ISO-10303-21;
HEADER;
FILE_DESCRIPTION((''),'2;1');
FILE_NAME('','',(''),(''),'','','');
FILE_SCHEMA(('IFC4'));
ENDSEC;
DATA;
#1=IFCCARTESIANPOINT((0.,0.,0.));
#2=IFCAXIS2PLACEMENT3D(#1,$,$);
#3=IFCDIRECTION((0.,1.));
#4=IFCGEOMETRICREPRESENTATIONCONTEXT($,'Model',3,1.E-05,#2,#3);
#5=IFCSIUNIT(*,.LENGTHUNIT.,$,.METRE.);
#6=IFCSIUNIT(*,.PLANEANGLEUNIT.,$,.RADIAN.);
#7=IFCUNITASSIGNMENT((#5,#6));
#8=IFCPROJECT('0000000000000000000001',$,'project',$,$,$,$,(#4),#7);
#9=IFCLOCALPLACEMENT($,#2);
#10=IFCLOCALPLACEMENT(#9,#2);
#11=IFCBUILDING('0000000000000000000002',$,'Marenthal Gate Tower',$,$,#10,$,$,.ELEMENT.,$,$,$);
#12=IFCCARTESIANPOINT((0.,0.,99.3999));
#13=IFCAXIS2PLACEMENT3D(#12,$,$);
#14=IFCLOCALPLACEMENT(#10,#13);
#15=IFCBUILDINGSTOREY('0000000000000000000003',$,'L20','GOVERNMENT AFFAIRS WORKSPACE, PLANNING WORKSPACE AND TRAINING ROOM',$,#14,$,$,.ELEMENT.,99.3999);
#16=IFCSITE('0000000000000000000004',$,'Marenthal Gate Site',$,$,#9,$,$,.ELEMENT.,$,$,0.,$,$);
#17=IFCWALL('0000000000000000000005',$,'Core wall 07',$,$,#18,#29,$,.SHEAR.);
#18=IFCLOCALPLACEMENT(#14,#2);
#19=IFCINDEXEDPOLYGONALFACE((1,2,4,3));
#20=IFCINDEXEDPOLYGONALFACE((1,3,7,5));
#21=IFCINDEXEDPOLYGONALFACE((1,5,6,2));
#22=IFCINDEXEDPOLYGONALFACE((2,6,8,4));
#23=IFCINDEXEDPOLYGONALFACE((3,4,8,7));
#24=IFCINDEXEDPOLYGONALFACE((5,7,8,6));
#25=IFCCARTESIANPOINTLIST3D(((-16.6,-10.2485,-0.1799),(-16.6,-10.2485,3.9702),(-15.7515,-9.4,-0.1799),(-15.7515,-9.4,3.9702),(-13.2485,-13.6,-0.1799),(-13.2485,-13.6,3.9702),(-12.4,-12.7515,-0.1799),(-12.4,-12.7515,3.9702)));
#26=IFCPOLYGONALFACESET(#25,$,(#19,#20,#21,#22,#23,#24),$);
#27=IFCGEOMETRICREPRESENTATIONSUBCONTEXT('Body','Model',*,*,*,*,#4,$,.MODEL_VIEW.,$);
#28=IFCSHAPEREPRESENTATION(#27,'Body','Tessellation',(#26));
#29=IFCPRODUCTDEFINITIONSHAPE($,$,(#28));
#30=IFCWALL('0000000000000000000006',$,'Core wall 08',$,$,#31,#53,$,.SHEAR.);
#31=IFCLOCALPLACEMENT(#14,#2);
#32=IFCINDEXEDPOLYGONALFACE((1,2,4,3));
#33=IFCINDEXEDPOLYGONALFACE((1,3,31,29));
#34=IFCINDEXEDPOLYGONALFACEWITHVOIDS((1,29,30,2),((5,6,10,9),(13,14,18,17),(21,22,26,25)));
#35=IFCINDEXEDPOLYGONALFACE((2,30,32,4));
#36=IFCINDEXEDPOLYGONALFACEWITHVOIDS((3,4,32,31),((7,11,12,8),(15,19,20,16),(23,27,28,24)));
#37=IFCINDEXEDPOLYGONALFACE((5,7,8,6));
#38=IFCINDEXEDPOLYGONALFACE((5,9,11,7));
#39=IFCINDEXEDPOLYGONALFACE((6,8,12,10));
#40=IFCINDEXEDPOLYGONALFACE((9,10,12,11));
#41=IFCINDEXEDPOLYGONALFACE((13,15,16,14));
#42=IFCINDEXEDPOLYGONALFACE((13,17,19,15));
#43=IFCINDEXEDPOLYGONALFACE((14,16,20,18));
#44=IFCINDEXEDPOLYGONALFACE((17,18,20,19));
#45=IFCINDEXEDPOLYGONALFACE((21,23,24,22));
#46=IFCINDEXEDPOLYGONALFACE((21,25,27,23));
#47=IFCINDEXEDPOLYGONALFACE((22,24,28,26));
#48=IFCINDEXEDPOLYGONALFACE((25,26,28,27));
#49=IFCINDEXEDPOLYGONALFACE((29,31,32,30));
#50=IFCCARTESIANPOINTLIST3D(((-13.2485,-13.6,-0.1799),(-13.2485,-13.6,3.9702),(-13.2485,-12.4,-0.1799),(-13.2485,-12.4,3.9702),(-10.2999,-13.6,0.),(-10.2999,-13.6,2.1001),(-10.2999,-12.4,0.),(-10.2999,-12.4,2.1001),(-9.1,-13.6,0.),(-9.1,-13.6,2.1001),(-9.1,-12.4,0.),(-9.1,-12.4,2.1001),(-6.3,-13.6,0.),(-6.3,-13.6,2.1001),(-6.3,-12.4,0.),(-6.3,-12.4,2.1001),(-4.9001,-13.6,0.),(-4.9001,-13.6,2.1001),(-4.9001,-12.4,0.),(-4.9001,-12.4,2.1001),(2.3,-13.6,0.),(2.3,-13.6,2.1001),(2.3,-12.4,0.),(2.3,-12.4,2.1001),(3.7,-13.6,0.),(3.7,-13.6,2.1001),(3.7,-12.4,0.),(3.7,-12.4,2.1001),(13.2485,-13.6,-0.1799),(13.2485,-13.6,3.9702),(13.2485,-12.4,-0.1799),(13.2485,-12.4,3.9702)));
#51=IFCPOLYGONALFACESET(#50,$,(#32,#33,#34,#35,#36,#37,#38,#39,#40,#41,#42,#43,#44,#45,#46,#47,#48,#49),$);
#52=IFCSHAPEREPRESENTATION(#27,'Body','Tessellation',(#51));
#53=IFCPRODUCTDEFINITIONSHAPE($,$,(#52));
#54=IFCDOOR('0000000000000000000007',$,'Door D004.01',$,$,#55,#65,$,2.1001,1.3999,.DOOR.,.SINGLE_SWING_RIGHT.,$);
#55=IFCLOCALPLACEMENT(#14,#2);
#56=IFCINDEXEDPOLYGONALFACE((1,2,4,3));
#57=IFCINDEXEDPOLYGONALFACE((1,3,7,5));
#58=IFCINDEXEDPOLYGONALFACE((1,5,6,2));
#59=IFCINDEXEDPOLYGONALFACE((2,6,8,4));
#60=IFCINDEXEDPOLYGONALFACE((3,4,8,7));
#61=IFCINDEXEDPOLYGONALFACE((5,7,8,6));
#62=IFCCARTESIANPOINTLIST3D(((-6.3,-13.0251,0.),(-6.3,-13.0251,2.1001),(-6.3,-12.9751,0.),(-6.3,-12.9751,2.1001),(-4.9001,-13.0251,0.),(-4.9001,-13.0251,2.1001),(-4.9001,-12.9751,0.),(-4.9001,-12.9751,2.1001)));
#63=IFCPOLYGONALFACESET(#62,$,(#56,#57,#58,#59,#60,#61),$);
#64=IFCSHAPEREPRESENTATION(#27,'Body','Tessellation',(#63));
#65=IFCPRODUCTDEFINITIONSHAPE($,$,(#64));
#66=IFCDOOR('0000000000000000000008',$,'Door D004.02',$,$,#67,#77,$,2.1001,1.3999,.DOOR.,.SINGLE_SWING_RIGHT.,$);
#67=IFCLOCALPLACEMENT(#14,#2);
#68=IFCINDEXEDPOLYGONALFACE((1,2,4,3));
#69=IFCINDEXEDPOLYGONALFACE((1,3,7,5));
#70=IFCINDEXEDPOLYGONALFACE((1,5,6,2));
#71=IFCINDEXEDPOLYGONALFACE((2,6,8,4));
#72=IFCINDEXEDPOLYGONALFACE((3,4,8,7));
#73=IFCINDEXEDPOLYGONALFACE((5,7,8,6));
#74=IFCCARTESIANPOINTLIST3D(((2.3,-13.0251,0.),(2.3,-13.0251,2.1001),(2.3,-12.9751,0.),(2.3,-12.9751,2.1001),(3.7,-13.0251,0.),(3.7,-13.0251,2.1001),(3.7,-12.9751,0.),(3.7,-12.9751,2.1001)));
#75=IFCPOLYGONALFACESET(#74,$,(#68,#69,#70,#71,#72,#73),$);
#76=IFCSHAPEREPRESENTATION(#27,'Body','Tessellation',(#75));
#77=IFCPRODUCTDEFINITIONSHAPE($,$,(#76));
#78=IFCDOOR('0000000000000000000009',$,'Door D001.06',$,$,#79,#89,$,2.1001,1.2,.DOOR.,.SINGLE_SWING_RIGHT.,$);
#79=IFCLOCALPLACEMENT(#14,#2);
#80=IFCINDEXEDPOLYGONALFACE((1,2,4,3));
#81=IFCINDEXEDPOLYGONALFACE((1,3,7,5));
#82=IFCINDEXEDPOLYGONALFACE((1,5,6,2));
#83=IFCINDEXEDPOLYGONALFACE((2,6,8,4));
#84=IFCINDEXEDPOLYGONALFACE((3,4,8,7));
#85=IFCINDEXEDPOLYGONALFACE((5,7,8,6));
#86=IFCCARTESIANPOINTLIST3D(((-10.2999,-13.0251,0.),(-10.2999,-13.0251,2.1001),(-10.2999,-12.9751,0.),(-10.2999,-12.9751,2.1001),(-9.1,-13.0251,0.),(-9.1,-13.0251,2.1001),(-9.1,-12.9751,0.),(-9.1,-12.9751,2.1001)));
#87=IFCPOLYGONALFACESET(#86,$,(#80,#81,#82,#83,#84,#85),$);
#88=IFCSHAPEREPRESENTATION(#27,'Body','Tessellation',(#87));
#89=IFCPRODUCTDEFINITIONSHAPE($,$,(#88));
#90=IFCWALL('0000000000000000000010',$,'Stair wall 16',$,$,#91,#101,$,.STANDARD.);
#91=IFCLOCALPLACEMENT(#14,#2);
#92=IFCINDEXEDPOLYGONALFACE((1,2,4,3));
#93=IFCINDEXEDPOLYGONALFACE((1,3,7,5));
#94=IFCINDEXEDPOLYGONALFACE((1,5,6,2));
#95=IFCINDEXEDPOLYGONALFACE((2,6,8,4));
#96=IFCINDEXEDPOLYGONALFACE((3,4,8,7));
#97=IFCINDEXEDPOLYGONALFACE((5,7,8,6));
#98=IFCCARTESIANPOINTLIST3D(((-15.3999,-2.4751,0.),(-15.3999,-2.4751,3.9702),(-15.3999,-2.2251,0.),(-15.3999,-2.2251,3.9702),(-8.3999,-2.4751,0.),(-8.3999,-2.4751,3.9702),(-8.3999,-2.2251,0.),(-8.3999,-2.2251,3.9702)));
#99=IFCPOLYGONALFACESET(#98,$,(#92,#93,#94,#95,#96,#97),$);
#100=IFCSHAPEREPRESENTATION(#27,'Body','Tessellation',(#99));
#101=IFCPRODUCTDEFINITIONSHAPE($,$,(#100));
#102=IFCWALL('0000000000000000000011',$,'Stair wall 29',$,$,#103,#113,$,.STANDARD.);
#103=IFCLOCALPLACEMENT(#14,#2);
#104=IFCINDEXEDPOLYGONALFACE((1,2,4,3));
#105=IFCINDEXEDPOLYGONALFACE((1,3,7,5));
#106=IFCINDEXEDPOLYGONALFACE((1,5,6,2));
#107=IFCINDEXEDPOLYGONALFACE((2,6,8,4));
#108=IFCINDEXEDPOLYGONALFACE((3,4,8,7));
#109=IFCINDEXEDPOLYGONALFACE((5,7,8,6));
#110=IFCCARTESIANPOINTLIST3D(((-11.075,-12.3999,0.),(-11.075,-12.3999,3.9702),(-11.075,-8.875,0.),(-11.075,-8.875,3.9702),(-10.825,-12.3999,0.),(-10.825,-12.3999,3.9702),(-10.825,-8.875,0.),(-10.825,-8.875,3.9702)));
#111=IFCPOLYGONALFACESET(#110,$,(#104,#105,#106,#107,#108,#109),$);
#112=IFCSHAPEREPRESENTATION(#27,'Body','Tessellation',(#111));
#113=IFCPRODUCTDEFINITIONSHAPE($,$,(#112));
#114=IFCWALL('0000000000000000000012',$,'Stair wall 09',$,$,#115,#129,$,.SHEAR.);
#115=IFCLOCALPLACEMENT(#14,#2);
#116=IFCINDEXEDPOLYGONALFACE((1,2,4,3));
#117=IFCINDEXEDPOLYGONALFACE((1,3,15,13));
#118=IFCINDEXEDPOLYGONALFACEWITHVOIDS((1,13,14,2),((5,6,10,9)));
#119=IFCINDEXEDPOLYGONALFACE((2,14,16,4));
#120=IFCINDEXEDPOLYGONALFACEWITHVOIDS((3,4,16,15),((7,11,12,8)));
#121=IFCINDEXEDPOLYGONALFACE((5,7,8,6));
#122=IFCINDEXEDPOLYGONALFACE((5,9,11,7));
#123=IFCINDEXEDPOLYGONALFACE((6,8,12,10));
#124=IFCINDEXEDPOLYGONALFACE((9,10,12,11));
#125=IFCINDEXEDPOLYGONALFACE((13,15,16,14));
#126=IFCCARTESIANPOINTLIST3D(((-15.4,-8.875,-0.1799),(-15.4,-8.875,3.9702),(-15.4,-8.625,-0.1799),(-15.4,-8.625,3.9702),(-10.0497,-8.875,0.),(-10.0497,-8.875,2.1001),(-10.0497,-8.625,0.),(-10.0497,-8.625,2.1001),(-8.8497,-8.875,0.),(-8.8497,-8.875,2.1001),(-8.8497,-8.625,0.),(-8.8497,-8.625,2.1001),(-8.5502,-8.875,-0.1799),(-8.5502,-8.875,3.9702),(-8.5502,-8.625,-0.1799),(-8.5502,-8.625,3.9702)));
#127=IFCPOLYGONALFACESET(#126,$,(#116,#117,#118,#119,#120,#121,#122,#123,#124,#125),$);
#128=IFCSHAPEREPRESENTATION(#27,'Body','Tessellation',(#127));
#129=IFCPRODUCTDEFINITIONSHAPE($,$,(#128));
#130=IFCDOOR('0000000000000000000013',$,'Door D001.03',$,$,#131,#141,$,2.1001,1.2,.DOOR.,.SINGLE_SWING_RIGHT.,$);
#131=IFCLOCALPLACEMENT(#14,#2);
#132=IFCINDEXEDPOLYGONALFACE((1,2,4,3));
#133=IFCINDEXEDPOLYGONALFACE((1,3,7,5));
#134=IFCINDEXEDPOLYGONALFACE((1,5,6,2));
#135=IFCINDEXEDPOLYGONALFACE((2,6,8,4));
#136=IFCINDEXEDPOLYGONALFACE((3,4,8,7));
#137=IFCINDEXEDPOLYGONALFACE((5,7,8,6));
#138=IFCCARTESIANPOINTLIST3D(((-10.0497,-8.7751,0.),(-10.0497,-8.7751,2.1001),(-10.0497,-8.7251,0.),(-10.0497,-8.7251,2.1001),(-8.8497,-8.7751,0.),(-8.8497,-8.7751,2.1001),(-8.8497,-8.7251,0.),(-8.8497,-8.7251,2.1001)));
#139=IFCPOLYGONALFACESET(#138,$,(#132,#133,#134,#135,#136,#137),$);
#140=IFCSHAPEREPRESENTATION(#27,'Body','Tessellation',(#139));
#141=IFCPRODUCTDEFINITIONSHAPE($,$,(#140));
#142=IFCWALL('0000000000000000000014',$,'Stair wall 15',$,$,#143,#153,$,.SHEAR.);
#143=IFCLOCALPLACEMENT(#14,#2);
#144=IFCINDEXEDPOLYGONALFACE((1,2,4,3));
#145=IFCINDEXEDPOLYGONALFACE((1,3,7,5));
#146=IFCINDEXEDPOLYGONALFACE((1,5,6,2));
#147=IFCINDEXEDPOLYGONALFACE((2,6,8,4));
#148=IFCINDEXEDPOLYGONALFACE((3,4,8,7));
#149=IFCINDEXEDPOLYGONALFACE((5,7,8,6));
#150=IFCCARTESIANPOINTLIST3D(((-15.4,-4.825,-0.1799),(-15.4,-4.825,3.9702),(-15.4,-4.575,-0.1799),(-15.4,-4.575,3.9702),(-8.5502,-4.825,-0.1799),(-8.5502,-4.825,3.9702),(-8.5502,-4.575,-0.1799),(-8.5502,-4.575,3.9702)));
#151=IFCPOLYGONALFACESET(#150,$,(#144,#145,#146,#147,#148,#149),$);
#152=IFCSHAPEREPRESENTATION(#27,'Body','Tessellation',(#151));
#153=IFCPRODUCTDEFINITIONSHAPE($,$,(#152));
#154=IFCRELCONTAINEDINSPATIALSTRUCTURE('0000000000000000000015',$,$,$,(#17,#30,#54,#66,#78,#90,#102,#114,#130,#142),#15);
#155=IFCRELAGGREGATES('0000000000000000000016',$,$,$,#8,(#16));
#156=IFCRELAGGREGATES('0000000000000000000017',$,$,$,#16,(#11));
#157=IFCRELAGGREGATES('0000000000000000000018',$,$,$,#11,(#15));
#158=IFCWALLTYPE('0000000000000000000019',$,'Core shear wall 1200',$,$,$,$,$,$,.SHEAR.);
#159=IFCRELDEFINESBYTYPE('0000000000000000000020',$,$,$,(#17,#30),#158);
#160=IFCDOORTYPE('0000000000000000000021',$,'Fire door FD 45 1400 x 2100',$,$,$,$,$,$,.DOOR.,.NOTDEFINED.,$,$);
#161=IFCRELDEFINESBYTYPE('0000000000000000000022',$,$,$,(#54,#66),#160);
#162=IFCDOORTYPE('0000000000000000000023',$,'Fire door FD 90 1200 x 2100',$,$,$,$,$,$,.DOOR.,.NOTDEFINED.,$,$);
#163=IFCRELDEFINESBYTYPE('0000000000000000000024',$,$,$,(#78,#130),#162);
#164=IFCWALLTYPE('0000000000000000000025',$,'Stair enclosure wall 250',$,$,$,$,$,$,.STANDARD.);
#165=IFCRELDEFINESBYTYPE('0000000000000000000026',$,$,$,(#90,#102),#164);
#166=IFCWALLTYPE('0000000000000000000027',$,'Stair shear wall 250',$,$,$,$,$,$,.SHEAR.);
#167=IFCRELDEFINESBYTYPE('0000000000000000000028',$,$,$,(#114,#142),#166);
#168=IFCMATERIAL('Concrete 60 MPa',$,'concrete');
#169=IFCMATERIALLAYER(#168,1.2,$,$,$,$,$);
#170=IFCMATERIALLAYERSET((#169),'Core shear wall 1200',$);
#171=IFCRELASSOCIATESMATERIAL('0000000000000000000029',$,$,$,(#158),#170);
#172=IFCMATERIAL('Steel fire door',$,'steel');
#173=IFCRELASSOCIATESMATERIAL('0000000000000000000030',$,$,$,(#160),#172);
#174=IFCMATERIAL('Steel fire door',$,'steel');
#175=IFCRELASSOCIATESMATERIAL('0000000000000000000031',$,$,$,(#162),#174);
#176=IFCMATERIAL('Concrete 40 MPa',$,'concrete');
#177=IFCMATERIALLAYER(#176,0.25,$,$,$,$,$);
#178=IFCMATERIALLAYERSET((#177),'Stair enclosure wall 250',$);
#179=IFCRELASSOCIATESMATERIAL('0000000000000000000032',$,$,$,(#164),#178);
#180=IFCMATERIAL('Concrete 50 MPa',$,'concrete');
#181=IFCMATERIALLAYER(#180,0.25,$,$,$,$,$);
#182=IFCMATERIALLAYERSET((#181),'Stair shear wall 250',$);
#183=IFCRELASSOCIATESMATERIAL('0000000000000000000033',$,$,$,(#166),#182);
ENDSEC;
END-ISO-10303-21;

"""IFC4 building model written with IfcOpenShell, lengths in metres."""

from ifc_helpers import new_model, si_unit, direction, frame, frame_2d, origin, place, context, subcontext, project, spatial, rectangle, extrude, material, layer, layer_set, type_object, element, fill, save


model = new_model("IFC4")

# Units and contexts
model_context = context("Model", 3, precision=1e-05, world=origin(), true_north=direction((0.0, 1.0)))
body_context = subcontext(model_context, "Body", "Model", "MODEL_VIEW")
ifc_project = project(units=[si_unit("LENGTHUNIT", "METRE"), si_unit("PLANEANGLEUNIT", "RADIAN")], contexts=[model_context])

# Site, building, storey
site_placement = place(None, origin())
site = spatial("IfcSite", under=ifc_project, at=site_placement, Name="Marenthal Gate Site", CompositionType="ELEMENT", RefElevation=0.0)
building_placement = place(site_placement, origin())
building = spatial("IfcBuilding", under=site, at=building_placement, Name="Marenthal Gate Tower", CompositionType="ELEMENT")
storey_placement = place(building_placement, frame((0.0, 0.0, 99.3999)))
storey = spatial("IfcBuildingStorey", under=building, at=storey_placement, Name="L20", Description="GOVERNMENT AFFAIRS WORKSPACE, PLANNING WORKSPACE AND TRAINING ROOM", CompositionType="ELEMENT", Elevation=99.3999)

# Wall
ifc_material_1 = material(Name="Concrete 60 MPa", Category="concrete")
ifc_layer_1 = layer(ifc_material_1, 1.2)
ifc_layer_set_1 = layer_set([ifc_layer_1], Name="Core shear wall 1200")
wall_type_1 = type_object("IfcWallType", Name="Core shear wall 1200", PredefinedType="SHEAR", material=ifc_layer_set_1)
wall_1_placement = place(storey_placement, frame((-16.1758, -9.8242, -0.1799), z_axis=(0.0, 0.0, 1.0), x_axis=(0.707107, -0.707107, 0.0)))
element("IfcWall", 1, at=wall_1_placement, inside=storey, type_object=wall_type_1, Name="Core wall 07", PredefinedType="SHEAR", context=body_context, shape_type="SweptSolid", body=[
    extrude(rectangle(XDim=4.7397, YDim=1.2, at=frame_2d((2.3699, 0.0))), origin(), (0.0, 0.0, 1.0), 4.1501),
])

# Wall, openings, doors
wall_2_placement = place(storey_placement, frame((-13.2485, -13.0, -0.1799), z_axis=(0.0, 0.0, 1.0), x_axis=(1.0, 0.0, 0.0)))
wall_2 = element("IfcWall", 2, at=wall_2_placement, inside=storey, type_object=wall_type_1, Name="Core wall 08", PredefinedType="SHEAR", context=body_context, shape_type="SweptSolid", body=[
    extrude(rectangle(XDim=26.4971, YDim=1.2, at=frame_2d((13.2485, 0.0))), origin(), (0.0, 0.0, 1.0), 4.1501),
])
opening_1_placement = place(wall_2_placement, frame((2.9485, 0.0, 0.1799)))
opening_1 = element("IfcOpeningElement", 3, at=opening_1_placement, cuts=wall_2, PredefinedType="OPENING", context=body_context, shape_type="SweptSolid", body=[
    extrude(rectangle(XDim=1.2, YDim=2.1001, at=frame_2d((0.6001, 1.05))), frame((0.0, 0.6099, 0.0), z_axis=(0.0, -1.0, 0.0), x_axis=(1.0, 0.0, 0.0)), (0.0, 0.0, 1.0), 1.22),
])
opening_2_placement = place(wall_2_placement, frame((6.9485, 0.0, 0.1799)))
opening_2 = element("IfcOpeningElement", 4, at=opening_2_placement, cuts=wall_2, PredefinedType="OPENING", context=body_context, shape_type="SweptSolid", body=[
    extrude(rectangle(XDim=1.3999, YDim=2.1001, at=frame_2d((0.7, 1.05))), frame((0.0, 0.6099, 0.0), z_axis=(0.0, -1.0, 0.0), x_axis=(1.0, 0.0, 0.0)), (0.0, 0.0, 1.0), 1.22),
])
opening_3_placement = place(wall_2_placement, frame((15.5486, 0.0, 0.1799)))
opening_3 = element("IfcOpeningElement", 5, at=opening_3_placement, cuts=wall_2, PredefinedType="OPENING", context=body_context, shape_type="SweptSolid", body=[
    extrude(rectangle(XDim=1.3999, YDim=2.1001, at=frame_2d((0.7, 1.05))), frame((0.0, 0.6099, 0.0), z_axis=(0.0, -1.0, 0.0), x_axis=(1.0, 0.0, 0.0)), (0.0, 0.0, 1.0), 1.22),
])
ifc_material_2 = material(Name="Steel fire door", Category="steel")
door_type_1 = type_object("IfcDoorType", Name="Fire door FD 45 1400 x 2100", OperationType="NOTDEFINED", PredefinedType="DOOR", material=ifc_material_2)
door_1_placement = place(opening_2_placement, origin())
door_1 = element("IfcDoor", 6, at=door_1_placement, inside=storey, type_object=door_type_1, Name="Door D004.01", OperationType="SINGLE_SWING_RIGHT", OverallHeight=2.1001, OverallWidth=1.3999, PredefinedType="DOOR", context=body_context, shape_type="SweptSolid", body=[
    extrude(rectangle(XDim=1.3999, YDim=2.1001, at=frame_2d((0.7, 1.05))), frame((0.0, 0.0249, 0.0), z_axis=(0.0, -1.0, 0.0), x_axis=(1.0, 0.0, 0.0)), (0.0, 0.0, 1.0), 0.05),
])
fill(opening_2, door_1)
door_2_placement = place(opening_3_placement, origin())
door_2 = element("IfcDoor", 7, at=door_2_placement, inside=storey, type_object=door_type_1, Name="Door D004.02", OperationType="SINGLE_SWING_RIGHT", OverallHeight=2.1001, OverallWidth=1.3999, PredefinedType="DOOR", context=body_context, shape_type="SweptSolid", body=[
    extrude(rectangle(XDim=1.3999, YDim=2.1001, at=frame_2d((0.7, 1.05))), frame((0.0, 0.0249, 0.0), z_axis=(0.0, -1.0, 0.0), x_axis=(1.0, 0.0, 0.0)), (0.0, 0.0, 1.0), 0.05),
])
fill(opening_3, door_2)
ifc_material_3 = material(Name="Steel fire door", Category="steel")
door_type_2 = type_object("IfcDoorType", Name="Fire door FD 90 1200 x 2100", OperationType="NOTDEFINED", PredefinedType="DOOR", material=ifc_material_3)
door_3_placement = place(opening_1_placement, origin())
door_3 = element("IfcDoor", 8, at=door_3_placement, inside=storey, type_object=door_type_2, Name="Door D001.06", OperationType="SINGLE_SWING_RIGHT", OverallHeight=2.1001, OverallWidth=1.2, PredefinedType="DOOR", context=body_context, shape_type="SweptSolid", body=[
    extrude(rectangle(XDim=1.2, YDim=2.1001, at=frame_2d((0.6001, 1.05))), frame((0.0, 0.0249, 0.0), z_axis=(0.0, -1.0, 0.0), x_axis=(1.0, 0.0, 0.0)), (0.0, 0.0, 1.0), 0.05),
])
fill(opening_1, door_3)

# Walls
ifc_material_4 = material(Name="Concrete 40 MPa", Category="concrete")
ifc_layer_2 = layer(ifc_material_4, 0.25)
ifc_layer_set_2 = layer_set([ifc_layer_2], Name="Stair enclosure wall 250")
wall_type_2 = type_object("IfcWallType", Name="Stair enclosure wall 250", PredefinedType="STANDARD", material=ifc_layer_set_2)
wall_3_placement = place(storey_placement, frame((-15.3999, -2.3501, 0.0), z_axis=(0.0, 0.0, 1.0), x_axis=(1.0, 0.0, 0.0)))
element("IfcWall", 9, at=wall_3_placement, inside=storey, type_object=wall_type_2, Name="Stair wall 16", PredefinedType="STANDARD", context=body_context, shape_type="SweptSolid", body=[
    extrude(rectangle(XDim=7.0, YDim=0.25, at=frame_2d((3.5, 0.0))), origin(), (0.0, 0.0, 1.0), 3.9702),
])
wall_4_placement = place(storey_placement, frame((-10.95, -12.3999, 0.0), z_axis=(0.0, 0.0, 1.0), x_axis=(0.0, 1.0, 0.0)))
element("IfcWall", 10, at=wall_4_placement, inside=storey, type_object=wall_type_2, Name="Stair wall 29", PredefinedType="STANDARD", context=body_context, shape_type="SweptSolid", body=[
    extrude(rectangle(XDim=3.5249, YDim=0.25, at=frame_2d((1.7625, 0.0))), origin(), (0.0, 0.0, 1.0), 3.9702),
])

# Wall, opening, door
ifc_material_5 = material(Name="Concrete 50 MPa", Category="concrete")
ifc_layer_3 = layer(ifc_material_5, 0.25)
ifc_layer_set_3 = layer_set([ifc_layer_3], Name="Stair shear wall 250")
wall_type_3 = type_object("IfcWallType", Name="Stair shear wall 250", PredefinedType="SHEAR", material=ifc_layer_set_3)
wall_5_placement = place(storey_placement, frame((-15.3999, -8.75, -0.1799), z_axis=(0.0, 0.0, 1.0), x_axis=(1.0, 0.0, 0.0)))
wall_5 = element("IfcWall", 11, at=wall_5_placement, inside=storey, type_object=wall_type_3, Name="Stair wall 09", PredefinedType="SHEAR", context=body_context, shape_type="SweptSolid", body=[
    extrude(rectangle(XDim=6.8499, YDim=0.25, at=frame_2d((3.4248, 0.0))), origin(), (0.0, 0.0, 1.0), 4.1501),
])
opening_4_placement = place(wall_5_placement, frame((5.3501, 0.0, 0.1799)))
opening_4 = element("IfcOpeningElement", 12, at=opening_4_placement, cuts=wall_5, PredefinedType="OPENING", context=body_context, shape_type="SweptSolid", body=[
    extrude(rectangle(XDim=1.2, YDim=2.1001, at=frame_2d((0.6001, 1.05))), frame((0.0, 0.135, 0.0), z_axis=(0.0, -1.0, 0.0), x_axis=(1.0, 0.0, 0.0)), (0.0, 0.0, 1.0), 0.27),
])
door_4_placement = place(opening_4_placement, origin())
door_4 = element("IfcDoor", 13, at=door_4_placement, inside=storey, type_object=door_type_2, Name="Door D001.03", OperationType="SINGLE_SWING_RIGHT", OverallHeight=2.1001, OverallWidth=1.2, PredefinedType="DOOR", context=body_context, shape_type="SweptSolid", body=[
    extrude(rectangle(XDim=1.2, YDim=2.1001, at=frame_2d((0.6001, 1.05))), frame((0.0, 0.0249, 0.0), z_axis=(0.0, -1.0, 0.0), x_axis=(1.0, 0.0, 0.0)), (0.0, 0.0, 1.0), 0.05),
])
fill(opening_4, door_4)

# Wall
wall_6_placement = place(storey_placement, frame((-15.3999, -4.7, -0.1799), z_axis=(0.0, 0.0, 1.0), x_axis=(1.0, 0.0, 0.0)))
element("IfcWall", 14, at=wall_6_placement, inside=storey, type_object=wall_type_3, Name="Stair wall 15", PredefinedType="SHEAR", context=body_context, shape_type="SweptSolid", body=[
    extrude(rectangle(XDim=6.8499, YDim=0.25, at=frame_2d((3.4248, 0.0))), origin(), (0.0, 0.0, 1.0), 4.1501),
])

save(model, "model.ifc")
